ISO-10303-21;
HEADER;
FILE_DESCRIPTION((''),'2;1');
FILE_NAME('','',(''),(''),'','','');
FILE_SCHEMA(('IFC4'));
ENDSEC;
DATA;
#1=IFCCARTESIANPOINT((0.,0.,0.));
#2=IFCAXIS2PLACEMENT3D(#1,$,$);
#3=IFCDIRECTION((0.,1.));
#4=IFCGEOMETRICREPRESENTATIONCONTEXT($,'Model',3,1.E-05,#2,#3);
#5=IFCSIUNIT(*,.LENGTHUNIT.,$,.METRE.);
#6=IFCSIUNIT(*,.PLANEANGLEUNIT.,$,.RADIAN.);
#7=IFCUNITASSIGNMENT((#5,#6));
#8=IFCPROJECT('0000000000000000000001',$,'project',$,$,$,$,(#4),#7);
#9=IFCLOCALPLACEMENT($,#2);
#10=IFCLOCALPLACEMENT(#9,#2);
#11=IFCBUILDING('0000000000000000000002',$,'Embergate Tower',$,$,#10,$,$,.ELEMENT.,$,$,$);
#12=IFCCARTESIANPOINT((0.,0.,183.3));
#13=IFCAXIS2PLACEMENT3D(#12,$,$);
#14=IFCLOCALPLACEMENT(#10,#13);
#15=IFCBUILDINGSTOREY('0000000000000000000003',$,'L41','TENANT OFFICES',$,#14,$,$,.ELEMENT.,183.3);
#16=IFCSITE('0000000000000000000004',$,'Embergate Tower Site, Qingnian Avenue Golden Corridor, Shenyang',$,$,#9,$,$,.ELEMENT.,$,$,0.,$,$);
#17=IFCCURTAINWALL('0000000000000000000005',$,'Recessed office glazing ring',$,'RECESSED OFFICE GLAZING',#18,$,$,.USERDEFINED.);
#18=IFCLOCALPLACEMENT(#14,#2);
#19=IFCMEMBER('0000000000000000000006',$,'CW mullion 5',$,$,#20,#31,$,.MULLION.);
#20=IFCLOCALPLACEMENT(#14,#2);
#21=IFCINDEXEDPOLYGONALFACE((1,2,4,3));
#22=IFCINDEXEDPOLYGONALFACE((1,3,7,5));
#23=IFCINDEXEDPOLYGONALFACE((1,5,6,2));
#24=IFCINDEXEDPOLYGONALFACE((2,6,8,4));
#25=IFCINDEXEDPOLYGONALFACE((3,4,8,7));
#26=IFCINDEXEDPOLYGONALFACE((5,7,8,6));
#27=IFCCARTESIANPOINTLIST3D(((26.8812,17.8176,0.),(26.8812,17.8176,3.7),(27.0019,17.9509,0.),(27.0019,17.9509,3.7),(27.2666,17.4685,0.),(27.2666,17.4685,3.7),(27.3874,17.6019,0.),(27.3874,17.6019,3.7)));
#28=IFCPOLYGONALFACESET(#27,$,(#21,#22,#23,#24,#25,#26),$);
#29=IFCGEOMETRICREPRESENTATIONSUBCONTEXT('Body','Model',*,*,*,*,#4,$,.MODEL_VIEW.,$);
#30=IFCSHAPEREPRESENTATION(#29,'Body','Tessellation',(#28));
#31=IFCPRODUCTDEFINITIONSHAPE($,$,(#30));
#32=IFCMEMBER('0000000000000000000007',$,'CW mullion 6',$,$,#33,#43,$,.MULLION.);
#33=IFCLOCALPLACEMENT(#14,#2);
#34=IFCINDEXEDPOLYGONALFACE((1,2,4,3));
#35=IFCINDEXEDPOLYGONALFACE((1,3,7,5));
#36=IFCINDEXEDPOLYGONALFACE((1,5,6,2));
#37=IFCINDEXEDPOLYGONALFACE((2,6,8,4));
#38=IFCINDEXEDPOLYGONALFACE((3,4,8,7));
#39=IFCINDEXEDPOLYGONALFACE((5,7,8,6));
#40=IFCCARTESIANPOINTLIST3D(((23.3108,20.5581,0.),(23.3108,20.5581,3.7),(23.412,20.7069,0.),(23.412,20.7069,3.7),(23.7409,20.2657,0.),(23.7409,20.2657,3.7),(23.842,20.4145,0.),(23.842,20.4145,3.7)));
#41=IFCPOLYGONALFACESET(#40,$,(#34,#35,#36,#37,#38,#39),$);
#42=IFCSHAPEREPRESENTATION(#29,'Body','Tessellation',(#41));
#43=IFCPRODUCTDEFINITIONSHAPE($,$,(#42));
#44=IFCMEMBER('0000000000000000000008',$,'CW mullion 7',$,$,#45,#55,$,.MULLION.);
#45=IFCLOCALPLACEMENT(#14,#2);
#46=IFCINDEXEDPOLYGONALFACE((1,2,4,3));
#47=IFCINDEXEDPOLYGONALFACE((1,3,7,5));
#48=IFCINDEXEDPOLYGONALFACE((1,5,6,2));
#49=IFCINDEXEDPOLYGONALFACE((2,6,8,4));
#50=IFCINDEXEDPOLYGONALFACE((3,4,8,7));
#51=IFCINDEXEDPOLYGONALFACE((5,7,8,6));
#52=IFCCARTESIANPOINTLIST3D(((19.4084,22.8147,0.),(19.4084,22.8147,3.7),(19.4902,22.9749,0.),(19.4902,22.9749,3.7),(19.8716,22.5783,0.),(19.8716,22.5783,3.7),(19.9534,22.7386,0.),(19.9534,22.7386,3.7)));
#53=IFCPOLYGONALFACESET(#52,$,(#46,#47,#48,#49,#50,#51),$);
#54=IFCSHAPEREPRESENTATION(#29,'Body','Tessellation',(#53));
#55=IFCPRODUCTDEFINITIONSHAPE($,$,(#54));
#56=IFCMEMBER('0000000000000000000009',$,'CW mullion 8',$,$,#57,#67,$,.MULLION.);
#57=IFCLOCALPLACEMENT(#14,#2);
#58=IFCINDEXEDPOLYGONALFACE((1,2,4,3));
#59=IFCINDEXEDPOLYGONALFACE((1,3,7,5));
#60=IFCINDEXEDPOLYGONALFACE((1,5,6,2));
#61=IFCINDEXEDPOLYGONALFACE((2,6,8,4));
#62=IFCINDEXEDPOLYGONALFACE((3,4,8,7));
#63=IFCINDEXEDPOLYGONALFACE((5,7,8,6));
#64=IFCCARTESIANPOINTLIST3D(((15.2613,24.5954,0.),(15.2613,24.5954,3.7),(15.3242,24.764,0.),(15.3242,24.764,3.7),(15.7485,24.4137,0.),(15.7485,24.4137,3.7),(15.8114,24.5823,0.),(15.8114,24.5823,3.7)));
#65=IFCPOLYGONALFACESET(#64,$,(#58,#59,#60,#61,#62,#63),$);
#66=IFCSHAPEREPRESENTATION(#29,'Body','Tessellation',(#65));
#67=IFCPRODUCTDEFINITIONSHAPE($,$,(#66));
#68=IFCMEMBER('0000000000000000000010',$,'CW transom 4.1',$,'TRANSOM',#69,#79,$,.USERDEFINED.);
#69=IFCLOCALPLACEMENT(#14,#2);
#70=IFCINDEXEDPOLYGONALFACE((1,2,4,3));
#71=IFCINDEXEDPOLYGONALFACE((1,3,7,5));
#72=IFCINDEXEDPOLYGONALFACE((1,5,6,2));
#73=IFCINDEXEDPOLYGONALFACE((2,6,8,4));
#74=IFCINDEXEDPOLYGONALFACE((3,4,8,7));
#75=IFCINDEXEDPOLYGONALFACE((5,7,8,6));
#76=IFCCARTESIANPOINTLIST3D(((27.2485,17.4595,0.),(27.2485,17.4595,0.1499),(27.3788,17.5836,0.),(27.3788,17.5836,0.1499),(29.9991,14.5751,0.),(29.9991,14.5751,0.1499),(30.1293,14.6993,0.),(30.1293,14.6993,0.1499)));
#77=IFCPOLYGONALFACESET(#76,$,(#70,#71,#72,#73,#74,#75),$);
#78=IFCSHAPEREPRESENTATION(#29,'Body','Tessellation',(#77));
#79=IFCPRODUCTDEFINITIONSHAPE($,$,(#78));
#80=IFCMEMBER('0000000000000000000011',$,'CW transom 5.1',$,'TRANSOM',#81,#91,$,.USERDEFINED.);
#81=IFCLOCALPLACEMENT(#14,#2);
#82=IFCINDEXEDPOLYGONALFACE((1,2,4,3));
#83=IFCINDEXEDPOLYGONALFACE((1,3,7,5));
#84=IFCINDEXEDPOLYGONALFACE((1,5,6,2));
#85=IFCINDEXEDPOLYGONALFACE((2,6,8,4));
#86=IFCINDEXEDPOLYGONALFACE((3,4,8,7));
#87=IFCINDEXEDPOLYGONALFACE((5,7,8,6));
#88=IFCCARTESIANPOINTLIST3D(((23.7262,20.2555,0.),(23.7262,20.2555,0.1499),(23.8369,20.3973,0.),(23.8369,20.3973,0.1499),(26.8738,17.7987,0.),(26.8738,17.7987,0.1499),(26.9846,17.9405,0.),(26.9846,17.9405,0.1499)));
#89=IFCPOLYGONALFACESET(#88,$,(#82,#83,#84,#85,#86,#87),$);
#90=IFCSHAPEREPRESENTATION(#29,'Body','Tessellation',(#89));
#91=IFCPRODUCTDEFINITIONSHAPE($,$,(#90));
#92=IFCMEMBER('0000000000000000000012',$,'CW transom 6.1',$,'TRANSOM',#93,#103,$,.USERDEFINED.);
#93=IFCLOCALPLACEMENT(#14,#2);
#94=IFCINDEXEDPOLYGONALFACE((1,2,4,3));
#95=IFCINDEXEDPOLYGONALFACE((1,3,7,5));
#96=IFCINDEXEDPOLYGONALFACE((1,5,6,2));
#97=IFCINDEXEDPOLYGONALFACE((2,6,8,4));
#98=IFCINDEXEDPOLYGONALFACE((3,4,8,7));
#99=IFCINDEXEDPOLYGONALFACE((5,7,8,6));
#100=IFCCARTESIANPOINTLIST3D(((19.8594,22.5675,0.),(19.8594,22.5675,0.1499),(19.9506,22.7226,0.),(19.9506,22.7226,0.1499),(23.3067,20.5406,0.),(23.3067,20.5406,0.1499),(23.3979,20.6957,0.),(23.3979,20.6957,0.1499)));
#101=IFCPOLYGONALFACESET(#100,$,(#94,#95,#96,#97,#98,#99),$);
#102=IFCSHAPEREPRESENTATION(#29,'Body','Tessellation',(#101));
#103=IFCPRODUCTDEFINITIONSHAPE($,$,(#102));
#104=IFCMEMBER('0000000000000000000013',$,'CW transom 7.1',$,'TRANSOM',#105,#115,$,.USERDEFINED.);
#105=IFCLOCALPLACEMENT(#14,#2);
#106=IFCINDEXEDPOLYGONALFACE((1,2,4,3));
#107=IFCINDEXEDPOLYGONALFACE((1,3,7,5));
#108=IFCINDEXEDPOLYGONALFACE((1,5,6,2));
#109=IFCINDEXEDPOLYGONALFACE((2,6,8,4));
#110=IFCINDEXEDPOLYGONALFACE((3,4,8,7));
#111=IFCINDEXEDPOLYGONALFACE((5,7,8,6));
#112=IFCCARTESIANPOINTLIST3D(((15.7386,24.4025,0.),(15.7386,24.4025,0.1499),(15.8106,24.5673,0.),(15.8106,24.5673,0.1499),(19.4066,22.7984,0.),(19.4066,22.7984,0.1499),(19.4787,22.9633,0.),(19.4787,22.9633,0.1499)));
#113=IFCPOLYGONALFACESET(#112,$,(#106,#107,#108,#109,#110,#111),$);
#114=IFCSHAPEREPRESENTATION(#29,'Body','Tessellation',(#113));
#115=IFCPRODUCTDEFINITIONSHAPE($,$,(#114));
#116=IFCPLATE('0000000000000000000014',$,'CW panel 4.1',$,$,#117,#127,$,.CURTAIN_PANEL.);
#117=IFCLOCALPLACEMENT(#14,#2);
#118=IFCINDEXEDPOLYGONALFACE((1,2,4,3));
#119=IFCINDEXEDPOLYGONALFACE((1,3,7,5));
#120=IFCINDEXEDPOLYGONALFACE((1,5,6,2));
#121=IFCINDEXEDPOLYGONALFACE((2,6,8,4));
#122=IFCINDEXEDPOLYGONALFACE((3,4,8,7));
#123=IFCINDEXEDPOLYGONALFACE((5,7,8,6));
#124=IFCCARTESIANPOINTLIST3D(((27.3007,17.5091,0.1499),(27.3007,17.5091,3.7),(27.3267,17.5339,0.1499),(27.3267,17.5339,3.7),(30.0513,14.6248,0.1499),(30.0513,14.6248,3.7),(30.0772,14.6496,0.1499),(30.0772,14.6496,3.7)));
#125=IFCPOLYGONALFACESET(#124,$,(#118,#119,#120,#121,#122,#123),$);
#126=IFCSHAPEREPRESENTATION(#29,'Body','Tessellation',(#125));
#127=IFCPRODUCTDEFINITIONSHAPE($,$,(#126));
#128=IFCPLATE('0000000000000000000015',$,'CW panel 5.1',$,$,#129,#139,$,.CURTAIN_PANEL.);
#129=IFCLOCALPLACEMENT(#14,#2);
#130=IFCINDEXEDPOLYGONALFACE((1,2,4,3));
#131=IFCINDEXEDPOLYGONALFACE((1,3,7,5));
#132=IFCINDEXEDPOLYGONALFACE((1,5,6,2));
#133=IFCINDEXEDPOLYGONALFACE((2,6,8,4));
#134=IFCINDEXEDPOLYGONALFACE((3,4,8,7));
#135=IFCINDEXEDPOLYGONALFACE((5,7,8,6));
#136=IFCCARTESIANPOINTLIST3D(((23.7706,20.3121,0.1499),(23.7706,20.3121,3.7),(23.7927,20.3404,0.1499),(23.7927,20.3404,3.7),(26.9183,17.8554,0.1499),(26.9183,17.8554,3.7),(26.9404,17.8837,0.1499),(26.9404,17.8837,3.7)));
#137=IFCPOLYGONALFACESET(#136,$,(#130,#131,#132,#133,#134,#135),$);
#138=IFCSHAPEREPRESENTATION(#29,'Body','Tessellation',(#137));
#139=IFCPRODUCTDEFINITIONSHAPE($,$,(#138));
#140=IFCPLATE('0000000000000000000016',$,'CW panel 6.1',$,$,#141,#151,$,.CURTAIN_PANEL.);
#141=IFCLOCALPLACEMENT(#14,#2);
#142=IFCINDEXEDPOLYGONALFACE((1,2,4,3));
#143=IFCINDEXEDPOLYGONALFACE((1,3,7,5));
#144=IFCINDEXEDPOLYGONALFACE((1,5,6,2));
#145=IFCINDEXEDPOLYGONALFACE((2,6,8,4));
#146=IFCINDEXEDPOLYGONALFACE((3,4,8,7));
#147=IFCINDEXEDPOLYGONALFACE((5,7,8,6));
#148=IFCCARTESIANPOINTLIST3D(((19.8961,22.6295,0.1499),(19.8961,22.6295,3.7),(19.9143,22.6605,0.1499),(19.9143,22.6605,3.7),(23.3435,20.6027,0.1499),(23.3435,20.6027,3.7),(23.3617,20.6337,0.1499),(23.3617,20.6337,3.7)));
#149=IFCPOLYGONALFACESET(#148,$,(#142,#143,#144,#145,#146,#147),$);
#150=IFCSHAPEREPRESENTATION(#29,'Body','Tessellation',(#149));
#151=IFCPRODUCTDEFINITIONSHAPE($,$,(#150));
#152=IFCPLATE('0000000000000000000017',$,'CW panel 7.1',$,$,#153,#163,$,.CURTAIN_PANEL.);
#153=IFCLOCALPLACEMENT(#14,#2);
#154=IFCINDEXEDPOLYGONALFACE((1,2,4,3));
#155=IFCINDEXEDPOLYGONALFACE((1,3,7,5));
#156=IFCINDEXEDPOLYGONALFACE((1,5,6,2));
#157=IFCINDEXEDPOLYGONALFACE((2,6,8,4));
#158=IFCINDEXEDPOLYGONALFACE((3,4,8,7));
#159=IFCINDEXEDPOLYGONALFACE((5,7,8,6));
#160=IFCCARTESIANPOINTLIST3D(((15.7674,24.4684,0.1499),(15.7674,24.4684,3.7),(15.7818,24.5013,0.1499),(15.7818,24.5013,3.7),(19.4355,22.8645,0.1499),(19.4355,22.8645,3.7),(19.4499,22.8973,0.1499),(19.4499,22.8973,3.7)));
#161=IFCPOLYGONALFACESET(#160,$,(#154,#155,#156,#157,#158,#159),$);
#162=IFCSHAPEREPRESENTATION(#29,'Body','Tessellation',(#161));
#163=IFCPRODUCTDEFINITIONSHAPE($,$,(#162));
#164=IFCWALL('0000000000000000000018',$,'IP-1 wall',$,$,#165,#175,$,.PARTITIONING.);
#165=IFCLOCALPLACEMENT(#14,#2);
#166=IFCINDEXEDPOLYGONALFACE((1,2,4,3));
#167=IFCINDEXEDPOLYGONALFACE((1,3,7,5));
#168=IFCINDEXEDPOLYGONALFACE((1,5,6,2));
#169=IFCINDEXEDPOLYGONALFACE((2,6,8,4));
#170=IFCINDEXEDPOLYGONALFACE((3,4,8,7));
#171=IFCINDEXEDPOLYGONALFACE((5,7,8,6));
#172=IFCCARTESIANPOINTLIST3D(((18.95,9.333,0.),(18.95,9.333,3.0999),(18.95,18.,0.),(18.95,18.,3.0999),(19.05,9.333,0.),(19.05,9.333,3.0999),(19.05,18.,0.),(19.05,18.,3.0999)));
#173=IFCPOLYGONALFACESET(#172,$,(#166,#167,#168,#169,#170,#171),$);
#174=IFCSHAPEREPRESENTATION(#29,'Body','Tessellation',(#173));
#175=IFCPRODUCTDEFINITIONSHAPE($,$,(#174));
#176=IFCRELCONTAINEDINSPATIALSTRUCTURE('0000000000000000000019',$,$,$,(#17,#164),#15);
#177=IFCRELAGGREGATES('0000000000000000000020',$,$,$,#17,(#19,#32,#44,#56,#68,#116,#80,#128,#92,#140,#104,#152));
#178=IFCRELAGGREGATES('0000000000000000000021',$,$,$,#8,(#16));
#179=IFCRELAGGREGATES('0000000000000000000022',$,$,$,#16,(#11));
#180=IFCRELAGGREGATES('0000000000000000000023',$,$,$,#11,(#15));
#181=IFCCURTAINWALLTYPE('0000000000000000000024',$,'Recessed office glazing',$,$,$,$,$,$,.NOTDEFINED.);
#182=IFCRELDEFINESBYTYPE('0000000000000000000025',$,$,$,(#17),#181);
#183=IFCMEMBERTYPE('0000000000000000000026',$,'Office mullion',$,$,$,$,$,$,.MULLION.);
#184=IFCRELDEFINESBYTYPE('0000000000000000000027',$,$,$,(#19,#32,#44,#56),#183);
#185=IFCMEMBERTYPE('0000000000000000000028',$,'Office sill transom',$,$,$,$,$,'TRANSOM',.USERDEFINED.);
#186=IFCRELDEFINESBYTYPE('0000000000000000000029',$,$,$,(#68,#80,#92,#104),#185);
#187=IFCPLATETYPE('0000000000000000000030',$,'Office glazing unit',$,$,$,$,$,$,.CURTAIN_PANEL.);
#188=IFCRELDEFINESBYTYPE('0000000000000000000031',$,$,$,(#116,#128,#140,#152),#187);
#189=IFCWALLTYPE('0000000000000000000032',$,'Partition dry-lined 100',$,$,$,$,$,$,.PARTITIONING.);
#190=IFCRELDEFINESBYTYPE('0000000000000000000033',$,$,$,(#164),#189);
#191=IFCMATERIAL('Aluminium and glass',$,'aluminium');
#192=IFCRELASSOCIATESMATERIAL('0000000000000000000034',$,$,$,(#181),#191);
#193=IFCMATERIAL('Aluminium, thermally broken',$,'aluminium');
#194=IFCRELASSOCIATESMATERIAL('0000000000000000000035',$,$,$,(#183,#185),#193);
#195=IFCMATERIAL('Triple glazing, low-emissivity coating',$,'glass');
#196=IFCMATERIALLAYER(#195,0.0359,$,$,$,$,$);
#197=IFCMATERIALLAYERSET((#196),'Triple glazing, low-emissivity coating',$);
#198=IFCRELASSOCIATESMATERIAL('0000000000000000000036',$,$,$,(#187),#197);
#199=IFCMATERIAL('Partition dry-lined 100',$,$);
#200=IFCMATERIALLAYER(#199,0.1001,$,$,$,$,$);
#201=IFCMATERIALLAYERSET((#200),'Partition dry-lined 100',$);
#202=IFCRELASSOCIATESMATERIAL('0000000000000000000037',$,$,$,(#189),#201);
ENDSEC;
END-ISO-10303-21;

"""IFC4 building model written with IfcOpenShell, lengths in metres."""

from ifc_helpers import new_model, si_unit, direction, frame, frame_2d, origin, origin_2d, place, context, subcontext, project, spatial, rectangle, extrude, source, transform, mapped, material, layer, layer_set, material_profile, profile_set, type_object, element, aggregate, save


model = new_model("IFC4")

# Units and contexts
model_context = context("Model", 3, precision=1e-05, world=origin(), true_north=direction((0.0, 1.0)))
body_context = subcontext(model_context, "Body", "Model", "MODEL_VIEW")
ifc_project = project(units=[si_unit("LENGTHUNIT", "METRE"), si_unit("PLANEANGLEUNIT", "RADIAN")], contexts=[model_context])

# Site, building, storey
site_placement = place(None, origin())
site = spatial("IfcSite", under=ifc_project, at=site_placement, Name="Embergate Tower Site, Qingnian Avenue Golden Corridor, Shenyang", CompositionType="ELEMENT", RefElevation=0.0)
building_placement = place(site_placement, origin())
building = spatial("IfcBuilding", under=site, at=building_placement, Name="Embergate Tower", CompositionType="ELEMENT")
storey_placement = place(building_placement, frame((0.0, 0.0, 183.3)))
storey = spatial("IfcBuildingStorey", under=building, at=storey_placement, Name="L41", Description="TENANT OFFICES", CompositionType="ELEMENT", Elevation=183.3)

# Curtain wall, members, plates
ifc_material_1 = material(Name="Aluminium and glass", Category="aluminium")
curtain_wall_type = type_object("IfcCurtainWallType", Name="Recessed office glazing", PredefinedType="NOTDEFINED", material=ifc_material_1)
curtain_wall_placement = place(storey_placement, origin())
curtain_wall = element("IfcCurtainWall", 1, at=curtain_wall_placement, inside=storey, type_object=curtain_wall_type, Name="Recessed office glazing ring", ObjectType="RECESSED OFFICE GLAZING", PredefinedType="USERDEFINED")
ifc_material_2 = material(Name="Aluminium, thermally broken", Category="aluminium")
ifc_material_profile_1 = material_profile(ifc_material_2, rectangle(XDim=0.1799, YDim=0.52, at=origin_2d()), Name="AL 520x180")
ifc_profile_set_1 = profile_set([ifc_material_profile_1], Name="Aluminium, thermally broken")
member_type_1 = type_object("IfcMemberType", Name="Office mullion", PredefinedType="MULLION", material=ifc_profile_set_1)
shared_shape_1 = source(origin(), body_context, "Body", "SweptSolid", [
    extrude(rectangle(XDim=0.1799, YDim=0.52, at=origin_2d()), origin(), (0.0, 0.0, 1.0), 3.7),
])
member_1_placement = place(storey_placement, frame((27.1343, 17.7097, 0.0), z_axis=(0.0, 0.0, 1.0), x_axis=(-0.671229, -0.74125, 0.0)))
member_1 = element("IfcMember", 2, at=member_1_placement, type_object=member_type_1, Name="CW mullion 5", PredefinedType="MULLION", context=body_context, shape_type="MappedRepresentation", body=[
    mapped(shared_shape_1, transform((0.0, 0.0, 0.0))),
])
member_2_placement = place(storey_placement, frame((23.5764, 20.4863, 0.0), z_axis=(0.0, 0.0, 1.0), x_axis=(-0.562219, -0.826988, 0.0)))
member_2 = element("IfcMember", 3, at=member_2_placement, type_object=member_type_1, Name="CW mullion 6", PredefinedType="MULLION", context=body_context, shape_type="MappedRepresentation", body=[
    mapped(shared_shape_1, transform((0.0, 0.0, 0.0))),
])
member_3_placement = place(storey_placement, frame((19.6809, 22.7766, 0.0), z_axis=(0.0, 0.0, 1.0), x_axis=(-0.454513, -0.89074, 0.0)))
member_3 = element("IfcMember", 4, at=member_3_placement, type_object=member_type_1, Name="CW mullion 7", PredefinedType="MULLION", context=body_context, shape_type="MappedRepresentation", body=[
    mapped(shared_shape_1, transform((0.0, 0.0, 0.0))),
])
member_4_placement = place(storey_placement, frame((15.5364, 24.5889, 0.0), z_axis=(0.0, 0.0, 1.0), x_axis=(-0.349504, -0.936935, 0.0)))
member_4 = element("IfcMember", 5, at=member_4_placement, type_object=member_type_1, Name="CW mullion 8", PredefinedType="MULLION", context=body_context, shape_type="MappedRepresentation", body=[
    mapped(shared_shape_1, transform((0.0, 0.0, 0.0))),
])
ifc_material_profile_2 = material_profile(ifc_material_2, rectangle(XDim=0.1799, YDim=0.1499, at=origin_2d()), Name="AL 150x180")
ifc_profile_set_2 = profile_set([ifc_material_profile_2], Name="Aluminium, thermally broken")
member_type_2 = type_object("IfcMemberType", Name="Office sill transom", ElementType="TRANSOM", PredefinedType="USERDEFINED", material=ifc_profile_set_2)
shared_shape_2 = source(origin(), body_context, "Body", "SweptSolid", [
    extrude(rectangle(XDim=0.1799, YDim=0.1499, at=origin_2d()), origin(), (0.0, 0.0, 1.0), 3.9856),
])
member_5_placement = place(storey_placement, frame((30.0642, 14.6372, 0.075), z_axis=(-0.690123, 0.723692, 0.0), x_axis=(-0.723692, -0.690123, 0.0)))
member_5 = element("IfcMember", 6, at=member_5_placement, type_object=member_type_2, Name="CW transom 4.1", ObjectType="TRANSOM", PredefinedType="USERDEFINED", context=body_context, shape_type="MappedRepresentation", body=[
    mapped(shared_shape_2, transform((0.0, 0.0, 0.0))),
])
shared_shape_3 = source(origin(), body_context, "Body", "SweptSolid", [
    extrude(rectangle(XDim=0.1799, YDim=0.1499, at=origin_2d()), origin(), (0.0, 0.0, 1.0), 3.9929),
])
member_6_placement = place(storey_placement, frame((26.9292, 17.8696, 0.075), z_axis=(-0.788311, 0.615277, 0.0), x_axis=(-0.615277, -0.788311, 0.0)))
member_6 = element("IfcMember", 7, at=member_6_placement, type_object=member_type_2, Name="CW transom 5.1", ObjectType="TRANSOM", PredefinedType="USERDEFINED", context=body_context, shape_type="MappedRepresentation", body=[
    mapped(shared_shape_3, transform((0.0, 0.0, 0.0))),
])
shared_shape_4 = source(origin(), body_context, "Body", "SweptSolid", [
    extrude(rectangle(XDim=0.1799, YDim=0.1499, at=origin_2d()), origin(), (0.0, 0.0, 1.0), 3.999),
])
member_7_placement = place(storey_placement, frame((23.3523, 20.6182, 0.075), z_axis=(-0.862038, 0.506844, 0.0), x_axis=(-0.506844, -0.862038, 0.0)))
member_7 = element("IfcMember", 8, at=member_7_placement, type_object=member_type_2, Name="CW transom 6.1", ObjectType="TRANSOM", PredefinedType="USERDEFINED", context=body_context, shape_type="MappedRepresentation", body=[
    mapped(shared_shape_4, transform((0.0, 0.0, 0.0))),
])
shared_shape_5 = source(origin(), body_context, "Body", "SweptSolid", [
    extrude(rectangle(XDim=0.1799, YDim=0.1499, at=origin_2d()), origin(), (0.0, 0.0, 1.0), 4.0034),
])
member_8_placement = place(storey_placement, frame((19.4426, 22.8809, 0.075), z_axis=(-0.916225, 0.400665, 0.0), x_axis=(-0.400665, -0.916225, 0.0)))
member_8 = element("IfcMember", 9, at=member_8_placement, type_object=member_type_2, Name="CW transom 7.1", ObjectType="TRANSOM", PredefinedType="USERDEFINED", context=body_context, shape_type="MappedRepresentation", body=[
    mapped(shared_shape_5, transform((0.0, 0.0, 0.0))),
])
ifc_material_3 = material(Name="Triple glazing, low-emissivity coating", Category="glass")
ifc_layer_1 = layer(ifc_material_3, 0.0359)
ifc_layer_set_1 = layer_set([ifc_layer_1], Name="Triple glazing, low-emissivity coating")
plate_type = type_object("IfcPlateType", Name="Office glazing unit", PredefinedType="CURTAIN_PANEL", material=ifc_layer_set_1)
shared_shape_6 = source(origin(), body_context, "Body", "SweptSolid", [
    extrude(rectangle(XDim=3.9856, YDim=0.0359, at=origin_2d()), origin(), (0.0, 0.0, 1.0), 3.55),
])
plate_1_placement = place(storey_placement, frame((28.689, 16.0793, 0.1499), z_axis=(0.0, 0.0, 1.0), x_axis=(-0.690133, 0.723683, 0.0)))
plate_1 = element("IfcPlate", 10, at=plate_1_placement, type_object=plate_type, Name="CW panel 4.1", PredefinedType="CURTAIN_PANEL", context=body_context, shape_type="MappedRepresentation", body=[
    mapped(shared_shape_6, transform((0.0, 0.0, 0.0))),
])
shared_shape_7 = source(origin(), body_context, "Body", "SweptSolid", [
    extrude(rectangle(XDim=3.9929, YDim=0.0359, at=origin_2d()), origin(), (0.0, 0.0, 1.0), 3.55),
])
plate_2_placement = place(storey_placement, frame((25.3555, 19.0979, 0.1499), z_axis=(0.0, 0.0, 1.0), x_axis=(-0.788318, 0.615268, 0.0)))
plate_2 = element("IfcPlate", 11, at=plate_2_placement, type_object=plate_type, Name="CW panel 5.1", PredefinedType="CURTAIN_PANEL", context=body_context, shape_type="MappedRepresentation", body=[
    mapped(shared_shape_7, transform((0.0, 0.0, 0.0))),
])
shared_shape_8 = source(origin(), body_context, "Body", "SweptSolid", [
    extrude(rectangle(XDim=3.999, YDim=0.0359, at=origin_2d()), origin(), (0.0, 0.0, 1.0), 3.55),
])
plate_3_placement = place(storey_placement, frame((21.6289, 21.6316, 0.1499), z_axis=(0.0, 0.0, 1.0), x_axis=(-0.862051, 0.506821, 0.0)))
plate_3 = element("IfcPlate", 12, at=plate_3_placement, type_object=plate_type, Name="CW panel 6.1", PredefinedType="CURTAIN_PANEL", context=body_context, shape_type="MappedRepresentation", body=[
    mapped(shared_shape_8, transform((0.0, 0.0, 0.0))),
])
shared_shape_9 = source(origin(), body_context, "Body", "SweptSolid", [
    extrude(rectangle(XDim=4.0034, YDim=0.0359, at=origin_2d()), origin(), (0.0, 0.0, 1.0), 3.55),
])
plate_4_placement = place(storey_placement, frame((17.6086, 23.6829, 0.1499), z_axis=(0.0, 0.0, 1.0), x_axis=(-0.916235, 0.400642, 0.0)))
plate_4 = element("IfcPlate", 13, at=plate_4_placement, type_object=plate_type, Name="CW panel 7.1", PredefinedType="CURTAIN_PANEL", context=body_context, shape_type="MappedRepresentation", body=[
    mapped(shared_shape_9, transform((0.0, 0.0, 0.0))),
])
aggregate(curtain_wall, [member_1, member_2, member_3, member_4, member_5, plate_1, member_6, plate_2, member_7, plate_3, member_8, plate_4])

# Wall
ifc_material_4 = material(Name="Partition dry-lined 100")
ifc_layer_2 = layer(ifc_material_4, 0.1001)
ifc_layer_set_2 = layer_set([ifc_layer_2], Name="Partition dry-lined 100")
wall_type = type_object("IfcWallType", Name="Partition dry-lined 100", PredefinedType="PARTITIONING", material=ifc_layer_set_2)
shared_shape_10 = source(origin(), body_context, "Body", "SweptSolid", [
    extrude(rectangle(XDim=8.667, YDim=0.1001, at=frame_2d((4.3335, 0.0))), origin(), (0.0, 0.0, 1.0), 3.0999),
])
wall_placement = place(storey_placement, frame((19.0, 18.0, 0.0), z_axis=(0.0, 0.0, 1.0), x_axis=(0.0, -1.0, 0.0)))
element("IfcWall", 14, at=wall_placement, inside=storey, type_object=wall_type, Name="IP-1 wall", PredefinedType="PARTITIONING", context=body_context, shape_type="MappedRepresentation", body=[
    mapped(shared_shape_10, transform((0.0, 0.0, 0.0))),
])

save(model, "model.ifc")
